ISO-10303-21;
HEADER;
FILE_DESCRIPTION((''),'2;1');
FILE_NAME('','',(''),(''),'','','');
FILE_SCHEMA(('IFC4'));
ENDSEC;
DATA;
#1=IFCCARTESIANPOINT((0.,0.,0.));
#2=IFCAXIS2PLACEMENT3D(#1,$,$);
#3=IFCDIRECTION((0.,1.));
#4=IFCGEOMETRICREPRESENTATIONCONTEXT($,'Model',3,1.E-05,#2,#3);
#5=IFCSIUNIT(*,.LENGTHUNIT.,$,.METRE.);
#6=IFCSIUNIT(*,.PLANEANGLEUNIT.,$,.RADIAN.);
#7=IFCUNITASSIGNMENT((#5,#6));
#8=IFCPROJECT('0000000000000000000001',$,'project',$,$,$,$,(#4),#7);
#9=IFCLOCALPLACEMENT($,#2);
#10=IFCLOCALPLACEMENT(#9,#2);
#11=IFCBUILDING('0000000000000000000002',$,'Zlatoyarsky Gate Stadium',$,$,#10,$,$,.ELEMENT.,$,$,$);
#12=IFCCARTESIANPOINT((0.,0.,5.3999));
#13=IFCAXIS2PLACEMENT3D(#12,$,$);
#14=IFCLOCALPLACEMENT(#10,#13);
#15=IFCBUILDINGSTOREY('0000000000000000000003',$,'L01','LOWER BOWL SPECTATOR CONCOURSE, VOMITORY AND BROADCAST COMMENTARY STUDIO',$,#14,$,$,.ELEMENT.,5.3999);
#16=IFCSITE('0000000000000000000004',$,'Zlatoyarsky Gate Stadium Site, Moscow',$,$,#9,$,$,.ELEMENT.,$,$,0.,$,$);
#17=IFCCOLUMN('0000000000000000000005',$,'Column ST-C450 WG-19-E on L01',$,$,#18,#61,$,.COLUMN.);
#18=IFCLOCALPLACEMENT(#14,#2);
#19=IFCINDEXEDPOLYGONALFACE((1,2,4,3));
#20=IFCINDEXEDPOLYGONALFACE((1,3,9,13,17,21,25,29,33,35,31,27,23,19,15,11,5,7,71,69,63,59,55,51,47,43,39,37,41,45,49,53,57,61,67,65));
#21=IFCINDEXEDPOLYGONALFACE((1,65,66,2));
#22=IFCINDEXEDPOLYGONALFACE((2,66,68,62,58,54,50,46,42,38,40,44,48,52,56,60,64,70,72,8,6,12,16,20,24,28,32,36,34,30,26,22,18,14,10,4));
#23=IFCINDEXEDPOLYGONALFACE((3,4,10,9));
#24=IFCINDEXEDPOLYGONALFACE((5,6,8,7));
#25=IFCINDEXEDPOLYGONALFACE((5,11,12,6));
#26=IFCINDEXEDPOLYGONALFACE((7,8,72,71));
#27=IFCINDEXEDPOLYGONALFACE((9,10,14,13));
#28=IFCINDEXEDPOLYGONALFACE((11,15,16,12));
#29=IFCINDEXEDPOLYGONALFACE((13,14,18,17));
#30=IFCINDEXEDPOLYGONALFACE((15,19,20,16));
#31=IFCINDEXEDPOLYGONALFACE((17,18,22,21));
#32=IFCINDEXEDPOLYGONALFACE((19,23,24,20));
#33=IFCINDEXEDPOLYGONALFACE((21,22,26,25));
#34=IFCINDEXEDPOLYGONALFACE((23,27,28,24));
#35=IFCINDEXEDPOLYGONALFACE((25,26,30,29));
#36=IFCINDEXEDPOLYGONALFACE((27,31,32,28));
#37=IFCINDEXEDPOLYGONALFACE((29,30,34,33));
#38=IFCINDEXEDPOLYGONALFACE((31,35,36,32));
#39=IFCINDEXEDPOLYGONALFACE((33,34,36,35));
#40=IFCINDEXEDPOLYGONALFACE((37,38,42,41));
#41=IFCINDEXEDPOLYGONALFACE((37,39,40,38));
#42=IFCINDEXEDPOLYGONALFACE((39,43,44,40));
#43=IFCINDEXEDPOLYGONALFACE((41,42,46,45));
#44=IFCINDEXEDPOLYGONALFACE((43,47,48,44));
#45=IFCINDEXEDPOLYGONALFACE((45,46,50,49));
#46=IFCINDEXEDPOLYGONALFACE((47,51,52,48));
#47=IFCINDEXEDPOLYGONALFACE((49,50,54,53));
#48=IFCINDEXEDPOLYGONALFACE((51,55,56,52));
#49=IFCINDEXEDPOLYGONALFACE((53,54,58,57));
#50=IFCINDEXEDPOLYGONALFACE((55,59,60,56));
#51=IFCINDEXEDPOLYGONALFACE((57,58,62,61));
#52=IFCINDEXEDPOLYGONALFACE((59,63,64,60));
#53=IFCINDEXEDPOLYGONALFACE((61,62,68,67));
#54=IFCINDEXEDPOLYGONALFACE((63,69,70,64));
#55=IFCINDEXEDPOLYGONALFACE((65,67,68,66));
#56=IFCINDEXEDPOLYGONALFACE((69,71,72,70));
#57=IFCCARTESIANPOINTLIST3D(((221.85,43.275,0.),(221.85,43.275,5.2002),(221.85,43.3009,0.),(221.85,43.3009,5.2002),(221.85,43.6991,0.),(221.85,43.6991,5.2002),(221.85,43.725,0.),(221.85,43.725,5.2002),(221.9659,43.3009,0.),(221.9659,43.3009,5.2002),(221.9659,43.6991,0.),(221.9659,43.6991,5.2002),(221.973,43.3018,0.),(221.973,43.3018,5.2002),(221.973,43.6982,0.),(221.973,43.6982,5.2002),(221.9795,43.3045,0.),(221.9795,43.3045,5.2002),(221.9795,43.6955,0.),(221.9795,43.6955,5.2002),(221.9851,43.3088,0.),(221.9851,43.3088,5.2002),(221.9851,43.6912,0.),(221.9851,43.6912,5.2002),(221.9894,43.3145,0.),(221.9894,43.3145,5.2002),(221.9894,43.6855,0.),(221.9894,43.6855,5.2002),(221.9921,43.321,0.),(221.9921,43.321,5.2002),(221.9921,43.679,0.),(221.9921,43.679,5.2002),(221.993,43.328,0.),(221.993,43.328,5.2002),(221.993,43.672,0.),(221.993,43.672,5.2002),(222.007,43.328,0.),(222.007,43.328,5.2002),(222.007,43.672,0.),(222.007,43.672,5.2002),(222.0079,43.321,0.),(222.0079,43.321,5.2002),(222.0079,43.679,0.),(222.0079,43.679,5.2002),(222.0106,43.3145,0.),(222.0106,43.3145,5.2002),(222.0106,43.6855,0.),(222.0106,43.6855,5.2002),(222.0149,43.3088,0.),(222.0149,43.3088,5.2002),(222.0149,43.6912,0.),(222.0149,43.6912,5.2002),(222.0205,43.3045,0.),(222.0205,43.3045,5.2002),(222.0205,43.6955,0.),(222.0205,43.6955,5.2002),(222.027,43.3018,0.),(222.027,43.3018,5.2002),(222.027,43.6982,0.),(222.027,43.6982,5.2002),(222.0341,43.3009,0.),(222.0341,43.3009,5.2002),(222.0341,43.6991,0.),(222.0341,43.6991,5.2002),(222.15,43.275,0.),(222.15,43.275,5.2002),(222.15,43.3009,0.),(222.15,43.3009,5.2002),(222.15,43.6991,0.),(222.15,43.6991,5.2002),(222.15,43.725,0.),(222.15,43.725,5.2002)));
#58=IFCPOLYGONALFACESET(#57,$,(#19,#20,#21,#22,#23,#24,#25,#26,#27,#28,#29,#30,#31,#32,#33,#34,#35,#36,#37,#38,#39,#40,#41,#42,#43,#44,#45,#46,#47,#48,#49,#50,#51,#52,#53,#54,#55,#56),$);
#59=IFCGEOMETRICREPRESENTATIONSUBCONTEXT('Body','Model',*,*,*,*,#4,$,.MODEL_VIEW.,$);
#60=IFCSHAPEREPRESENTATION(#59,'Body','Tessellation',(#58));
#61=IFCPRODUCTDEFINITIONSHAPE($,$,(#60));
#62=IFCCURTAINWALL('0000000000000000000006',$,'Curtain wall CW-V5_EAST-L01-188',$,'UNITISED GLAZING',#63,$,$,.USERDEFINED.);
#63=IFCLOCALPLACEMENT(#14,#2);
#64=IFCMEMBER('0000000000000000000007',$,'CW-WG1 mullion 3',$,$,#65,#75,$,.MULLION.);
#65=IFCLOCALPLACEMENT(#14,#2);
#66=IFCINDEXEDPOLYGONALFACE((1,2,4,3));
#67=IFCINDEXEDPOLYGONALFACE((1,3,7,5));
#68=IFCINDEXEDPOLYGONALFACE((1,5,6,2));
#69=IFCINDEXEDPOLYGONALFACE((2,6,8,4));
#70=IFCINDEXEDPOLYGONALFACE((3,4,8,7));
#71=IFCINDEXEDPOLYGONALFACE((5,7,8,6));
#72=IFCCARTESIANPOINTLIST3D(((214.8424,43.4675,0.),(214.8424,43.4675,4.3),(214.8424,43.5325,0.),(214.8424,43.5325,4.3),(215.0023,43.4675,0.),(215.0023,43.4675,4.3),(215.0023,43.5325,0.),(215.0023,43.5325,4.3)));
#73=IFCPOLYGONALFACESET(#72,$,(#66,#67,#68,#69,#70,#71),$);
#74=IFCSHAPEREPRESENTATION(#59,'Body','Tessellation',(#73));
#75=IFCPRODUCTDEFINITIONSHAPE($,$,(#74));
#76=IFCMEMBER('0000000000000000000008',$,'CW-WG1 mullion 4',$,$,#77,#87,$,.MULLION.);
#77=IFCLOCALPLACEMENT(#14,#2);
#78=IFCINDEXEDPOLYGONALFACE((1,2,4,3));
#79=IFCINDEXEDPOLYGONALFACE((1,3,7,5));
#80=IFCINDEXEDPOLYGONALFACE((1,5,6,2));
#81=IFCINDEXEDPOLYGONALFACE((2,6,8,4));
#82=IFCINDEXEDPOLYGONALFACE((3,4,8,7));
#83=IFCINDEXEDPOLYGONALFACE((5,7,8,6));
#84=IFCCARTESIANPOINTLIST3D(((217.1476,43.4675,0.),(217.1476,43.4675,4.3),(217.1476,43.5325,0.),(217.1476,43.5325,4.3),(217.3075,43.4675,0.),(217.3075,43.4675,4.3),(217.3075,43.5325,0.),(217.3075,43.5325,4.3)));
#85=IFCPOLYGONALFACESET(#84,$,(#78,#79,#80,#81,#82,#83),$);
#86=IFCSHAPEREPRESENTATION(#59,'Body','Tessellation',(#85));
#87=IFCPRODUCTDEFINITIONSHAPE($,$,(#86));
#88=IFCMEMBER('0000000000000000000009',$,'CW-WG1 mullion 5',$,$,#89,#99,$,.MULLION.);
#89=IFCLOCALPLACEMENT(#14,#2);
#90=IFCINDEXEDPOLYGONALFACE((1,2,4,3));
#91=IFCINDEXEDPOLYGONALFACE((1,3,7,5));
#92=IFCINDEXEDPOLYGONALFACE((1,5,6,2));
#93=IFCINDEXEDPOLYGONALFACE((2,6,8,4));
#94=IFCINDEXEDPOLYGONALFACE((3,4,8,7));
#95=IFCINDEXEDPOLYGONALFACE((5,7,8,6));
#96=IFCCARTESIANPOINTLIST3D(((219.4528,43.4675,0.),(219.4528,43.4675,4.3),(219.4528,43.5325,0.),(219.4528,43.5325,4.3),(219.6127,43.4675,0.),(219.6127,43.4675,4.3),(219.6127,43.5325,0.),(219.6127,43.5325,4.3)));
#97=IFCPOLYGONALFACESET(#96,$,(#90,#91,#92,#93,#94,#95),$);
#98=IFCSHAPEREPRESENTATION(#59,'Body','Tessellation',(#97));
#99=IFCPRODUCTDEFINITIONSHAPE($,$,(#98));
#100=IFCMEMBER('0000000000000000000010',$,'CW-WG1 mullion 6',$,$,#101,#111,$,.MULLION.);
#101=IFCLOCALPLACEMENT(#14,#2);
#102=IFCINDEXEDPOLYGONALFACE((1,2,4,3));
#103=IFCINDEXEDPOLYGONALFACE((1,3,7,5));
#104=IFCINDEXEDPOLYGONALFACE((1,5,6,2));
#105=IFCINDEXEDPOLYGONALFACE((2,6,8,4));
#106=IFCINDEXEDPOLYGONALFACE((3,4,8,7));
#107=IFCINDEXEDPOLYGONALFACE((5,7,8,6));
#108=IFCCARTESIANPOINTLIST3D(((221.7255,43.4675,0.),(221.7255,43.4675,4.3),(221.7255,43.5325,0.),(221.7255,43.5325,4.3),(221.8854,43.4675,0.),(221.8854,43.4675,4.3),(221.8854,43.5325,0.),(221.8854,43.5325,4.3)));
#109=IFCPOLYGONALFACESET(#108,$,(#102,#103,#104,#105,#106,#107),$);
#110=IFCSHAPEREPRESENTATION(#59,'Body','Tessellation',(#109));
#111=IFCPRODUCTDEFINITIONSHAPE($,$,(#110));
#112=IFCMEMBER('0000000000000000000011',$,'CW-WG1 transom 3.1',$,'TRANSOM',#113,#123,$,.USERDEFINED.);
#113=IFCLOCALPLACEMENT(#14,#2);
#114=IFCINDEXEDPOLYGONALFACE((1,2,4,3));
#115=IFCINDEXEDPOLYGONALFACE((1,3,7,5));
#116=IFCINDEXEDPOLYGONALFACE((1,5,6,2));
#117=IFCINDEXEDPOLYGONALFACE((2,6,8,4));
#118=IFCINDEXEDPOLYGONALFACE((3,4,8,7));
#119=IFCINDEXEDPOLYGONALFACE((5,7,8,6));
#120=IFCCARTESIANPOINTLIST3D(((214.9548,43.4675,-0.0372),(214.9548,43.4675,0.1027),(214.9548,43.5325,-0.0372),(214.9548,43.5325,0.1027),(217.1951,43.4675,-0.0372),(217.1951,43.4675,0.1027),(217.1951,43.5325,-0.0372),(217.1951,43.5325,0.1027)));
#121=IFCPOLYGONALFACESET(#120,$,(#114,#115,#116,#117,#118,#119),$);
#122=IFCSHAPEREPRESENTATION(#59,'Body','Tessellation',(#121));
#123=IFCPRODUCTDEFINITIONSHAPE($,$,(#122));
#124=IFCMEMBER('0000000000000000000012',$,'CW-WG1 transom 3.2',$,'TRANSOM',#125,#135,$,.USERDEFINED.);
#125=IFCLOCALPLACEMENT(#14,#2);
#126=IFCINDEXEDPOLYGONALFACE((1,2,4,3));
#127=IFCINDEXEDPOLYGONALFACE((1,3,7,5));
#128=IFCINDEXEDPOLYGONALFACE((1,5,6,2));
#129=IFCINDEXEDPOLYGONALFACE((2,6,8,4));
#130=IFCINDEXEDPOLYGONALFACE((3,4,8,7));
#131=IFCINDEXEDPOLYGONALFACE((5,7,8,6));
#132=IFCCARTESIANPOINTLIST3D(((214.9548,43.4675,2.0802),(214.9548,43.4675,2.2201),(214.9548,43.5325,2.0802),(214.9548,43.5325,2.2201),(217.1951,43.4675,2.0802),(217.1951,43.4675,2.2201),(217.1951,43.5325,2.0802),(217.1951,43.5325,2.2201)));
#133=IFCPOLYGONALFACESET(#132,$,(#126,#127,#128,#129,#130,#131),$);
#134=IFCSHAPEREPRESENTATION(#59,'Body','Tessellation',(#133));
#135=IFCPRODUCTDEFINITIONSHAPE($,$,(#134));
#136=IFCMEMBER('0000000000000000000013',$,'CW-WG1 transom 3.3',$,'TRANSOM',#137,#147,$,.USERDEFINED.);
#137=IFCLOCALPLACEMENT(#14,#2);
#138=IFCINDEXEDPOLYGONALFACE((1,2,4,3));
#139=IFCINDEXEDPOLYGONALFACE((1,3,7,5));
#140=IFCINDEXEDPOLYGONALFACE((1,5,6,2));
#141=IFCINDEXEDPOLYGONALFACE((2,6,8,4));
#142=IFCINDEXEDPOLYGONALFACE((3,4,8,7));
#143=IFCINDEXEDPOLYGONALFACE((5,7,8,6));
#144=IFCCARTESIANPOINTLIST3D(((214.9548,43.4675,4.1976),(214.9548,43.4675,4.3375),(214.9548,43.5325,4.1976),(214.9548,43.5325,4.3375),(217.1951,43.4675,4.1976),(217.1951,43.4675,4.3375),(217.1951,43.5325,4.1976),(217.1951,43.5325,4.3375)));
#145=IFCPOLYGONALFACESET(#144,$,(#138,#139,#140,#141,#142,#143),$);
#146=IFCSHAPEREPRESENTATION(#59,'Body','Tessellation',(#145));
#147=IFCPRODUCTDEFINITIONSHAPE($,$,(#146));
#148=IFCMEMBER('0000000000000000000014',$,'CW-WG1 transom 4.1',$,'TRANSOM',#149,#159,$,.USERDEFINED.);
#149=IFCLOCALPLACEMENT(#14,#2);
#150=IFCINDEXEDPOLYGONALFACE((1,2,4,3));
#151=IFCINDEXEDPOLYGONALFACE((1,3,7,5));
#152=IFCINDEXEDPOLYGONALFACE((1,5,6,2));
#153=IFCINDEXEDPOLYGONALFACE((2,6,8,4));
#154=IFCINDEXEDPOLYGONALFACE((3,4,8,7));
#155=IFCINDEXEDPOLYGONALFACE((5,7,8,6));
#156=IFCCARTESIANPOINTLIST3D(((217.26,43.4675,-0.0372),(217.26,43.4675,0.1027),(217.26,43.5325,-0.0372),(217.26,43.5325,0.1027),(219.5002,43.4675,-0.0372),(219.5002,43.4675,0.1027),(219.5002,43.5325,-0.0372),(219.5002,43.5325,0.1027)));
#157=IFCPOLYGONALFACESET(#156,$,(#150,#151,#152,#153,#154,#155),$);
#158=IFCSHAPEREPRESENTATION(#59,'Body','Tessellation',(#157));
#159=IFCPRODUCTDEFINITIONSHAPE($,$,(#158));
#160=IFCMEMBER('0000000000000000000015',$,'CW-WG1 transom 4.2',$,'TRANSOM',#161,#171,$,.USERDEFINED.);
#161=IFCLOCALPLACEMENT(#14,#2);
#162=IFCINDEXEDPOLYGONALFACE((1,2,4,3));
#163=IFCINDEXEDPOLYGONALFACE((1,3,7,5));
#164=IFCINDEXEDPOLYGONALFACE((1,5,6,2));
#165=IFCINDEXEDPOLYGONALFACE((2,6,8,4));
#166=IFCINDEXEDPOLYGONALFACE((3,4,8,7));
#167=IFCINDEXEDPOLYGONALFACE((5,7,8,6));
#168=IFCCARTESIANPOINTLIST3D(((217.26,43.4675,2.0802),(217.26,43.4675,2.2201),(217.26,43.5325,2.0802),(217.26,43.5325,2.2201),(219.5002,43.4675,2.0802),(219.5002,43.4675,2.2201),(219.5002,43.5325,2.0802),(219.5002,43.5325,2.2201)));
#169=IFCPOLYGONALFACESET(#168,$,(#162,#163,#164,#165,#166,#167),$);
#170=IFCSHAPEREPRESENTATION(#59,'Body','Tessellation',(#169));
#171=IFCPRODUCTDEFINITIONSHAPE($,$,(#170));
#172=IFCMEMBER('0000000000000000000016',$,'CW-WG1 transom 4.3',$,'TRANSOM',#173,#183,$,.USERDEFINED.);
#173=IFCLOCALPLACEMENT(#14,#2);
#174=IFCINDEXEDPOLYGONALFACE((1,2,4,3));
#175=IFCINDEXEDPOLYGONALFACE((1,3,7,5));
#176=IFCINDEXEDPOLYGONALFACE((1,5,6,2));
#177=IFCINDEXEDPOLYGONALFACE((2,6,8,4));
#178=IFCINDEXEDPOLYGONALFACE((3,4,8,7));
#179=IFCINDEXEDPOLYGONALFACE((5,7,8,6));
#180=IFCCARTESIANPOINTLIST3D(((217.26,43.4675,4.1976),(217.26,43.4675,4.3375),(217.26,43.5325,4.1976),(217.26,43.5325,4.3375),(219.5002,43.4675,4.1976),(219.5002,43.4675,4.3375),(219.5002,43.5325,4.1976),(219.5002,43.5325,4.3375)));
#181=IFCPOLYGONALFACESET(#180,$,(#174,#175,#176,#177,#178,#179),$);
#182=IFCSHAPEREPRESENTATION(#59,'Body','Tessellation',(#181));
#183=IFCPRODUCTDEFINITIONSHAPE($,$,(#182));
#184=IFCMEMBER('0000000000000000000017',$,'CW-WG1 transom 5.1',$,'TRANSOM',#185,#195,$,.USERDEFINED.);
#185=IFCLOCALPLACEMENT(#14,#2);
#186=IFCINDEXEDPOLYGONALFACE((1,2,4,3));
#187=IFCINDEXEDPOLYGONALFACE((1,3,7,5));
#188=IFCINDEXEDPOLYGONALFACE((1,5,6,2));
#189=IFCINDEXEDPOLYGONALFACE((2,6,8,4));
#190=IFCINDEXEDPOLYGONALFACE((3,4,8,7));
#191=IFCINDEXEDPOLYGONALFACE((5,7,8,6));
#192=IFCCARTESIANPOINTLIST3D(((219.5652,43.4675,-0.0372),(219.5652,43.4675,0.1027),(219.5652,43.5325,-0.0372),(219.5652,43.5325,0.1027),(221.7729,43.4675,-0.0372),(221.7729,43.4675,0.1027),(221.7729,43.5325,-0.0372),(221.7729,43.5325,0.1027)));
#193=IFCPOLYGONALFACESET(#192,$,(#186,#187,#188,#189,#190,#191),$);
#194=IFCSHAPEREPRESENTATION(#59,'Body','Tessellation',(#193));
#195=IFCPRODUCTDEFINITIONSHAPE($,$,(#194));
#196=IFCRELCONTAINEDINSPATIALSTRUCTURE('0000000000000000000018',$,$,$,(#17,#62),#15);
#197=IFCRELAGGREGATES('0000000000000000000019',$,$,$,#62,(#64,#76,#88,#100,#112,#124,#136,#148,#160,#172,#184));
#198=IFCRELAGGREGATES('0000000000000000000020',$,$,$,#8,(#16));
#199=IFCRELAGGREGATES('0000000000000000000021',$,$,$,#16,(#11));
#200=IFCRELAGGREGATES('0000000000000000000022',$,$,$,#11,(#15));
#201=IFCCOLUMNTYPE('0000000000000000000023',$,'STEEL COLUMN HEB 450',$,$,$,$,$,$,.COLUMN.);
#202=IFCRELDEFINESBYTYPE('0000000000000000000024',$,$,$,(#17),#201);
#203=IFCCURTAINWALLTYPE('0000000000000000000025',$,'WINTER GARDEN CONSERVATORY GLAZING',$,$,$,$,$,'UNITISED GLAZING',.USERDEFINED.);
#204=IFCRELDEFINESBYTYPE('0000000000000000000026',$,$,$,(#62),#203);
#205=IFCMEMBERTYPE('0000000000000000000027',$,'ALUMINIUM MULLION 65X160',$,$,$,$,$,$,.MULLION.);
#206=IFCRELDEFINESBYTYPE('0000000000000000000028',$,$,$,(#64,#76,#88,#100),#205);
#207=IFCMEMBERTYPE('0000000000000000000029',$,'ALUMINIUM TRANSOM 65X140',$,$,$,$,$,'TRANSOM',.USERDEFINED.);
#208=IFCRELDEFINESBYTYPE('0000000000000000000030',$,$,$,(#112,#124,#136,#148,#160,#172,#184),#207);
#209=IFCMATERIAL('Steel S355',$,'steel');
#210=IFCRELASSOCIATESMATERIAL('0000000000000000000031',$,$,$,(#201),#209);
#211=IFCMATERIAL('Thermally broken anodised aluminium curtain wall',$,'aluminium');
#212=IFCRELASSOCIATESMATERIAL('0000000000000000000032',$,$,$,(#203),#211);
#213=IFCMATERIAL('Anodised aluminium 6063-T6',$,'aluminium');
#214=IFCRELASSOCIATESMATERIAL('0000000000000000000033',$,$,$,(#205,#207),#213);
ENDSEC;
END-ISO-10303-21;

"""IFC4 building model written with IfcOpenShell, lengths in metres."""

from ifc_helpers import new_model, si_unit, direction, frame, origin, origin_2d, place, context, subcontext, project, spatial, rectangle, i_section, extrude, material, material_profile, profile_set, type_object, element, aggregate, save


model = new_model("IFC4")

# Units and contexts
model_context = context("Model", 3, precision=1e-05, world=origin(), true_north=direction((0.0, 1.0)))
body_context = subcontext(model_context, "Body", "Model", "MODEL_VIEW")
ifc_project = project(units=[si_unit("LENGTHUNIT", "METRE"), si_unit("PLANEANGLEUNIT", "RADIAN")], contexts=[model_context])

# Site, building, storey
site_placement = place(None, origin())
site = spatial("IfcSite", under=ifc_project, at=site_placement, Name="Zlatoyarsky Gate Stadium Site, Moscow", CompositionType="ELEMENT", RefElevation=0.0)
building_placement = place(site_placement, origin())
building = spatial("IfcBuilding", under=site, at=building_placement, Name="Zlatoyarsky Gate Stadium", CompositionType="ELEMENT")
storey_placement = place(building_placement, frame((0.0, 0.0, 5.3999)))
storey = spatial("IfcBuildingStorey", under=building, at=storey_placement, Name="L01", Description="LOWER BOWL SPECTATOR CONCOURSE, VOMITORY AND BROADCAST COMMENTARY STUDIO", CompositionType="ELEMENT", Elevation=5.3999)

# Column
ifc_material_1 = material(Name="Steel S355", Category="steel")
ifc_material_profile_1 = material_profile(ifc_material_1, i_section(OverallWidth=0.3, OverallDepth=0.45, WebThickness=0.0139, FlangeThickness=0.0259, FilletRadius=0.0271, at=origin_2d()), Name="HEB 450")
ifc_profile_set_1 = profile_set([ifc_material_profile_1], Name="Steel S355")
column_type = type_object("IfcColumnType", Name="STEEL COLUMN HEB 450", PredefinedType="COLUMN", material=ifc_profile_set_1)
column_placement = place(storey_placement, frame((222.0, 43.5, 0.0), z_axis=(0.0, 0.0, 1.0), x_axis=(1.0, 0.0, 0.0)))
element("IfcColumn", 1, at=column_placement, inside=storey, type_object=column_type, Name="Column ST-C450 WG-19-E on L01", PredefinedType="COLUMN", context=body_context, shape_type="SweptSolid", body=[
    extrude(i_section(OverallWidth=0.3, OverallDepth=0.45, WebThickness=0.0139, FlangeThickness=0.0259, FilletRadius=0.0271, at=origin_2d()), origin(), (0.0, 0.0, 1.0), 5.2002),
])

# Curtain wall, members
ifc_material_2 = material(Name="Thermally broken anodised aluminium curtain wall", Category="aluminium")
curtain_wall_type = type_object("IfcCurtainWallType", Name="WINTER GARDEN CONSERVATORY GLAZING", ElementType="UNITISED GLAZING", PredefinedType="USERDEFINED", material=ifc_material_2)
curtain_wall_placement = place(storey_placement, origin())
curtain_wall = element("IfcCurtainWall", 2, at=curtain_wall_placement, inside=storey, type_object=curtain_wall_type, Name="Curtain wall CW-V5_EAST-L01-188", ObjectType="UNITISED GLAZING", PredefinedType="USERDEFINED")
ifc_material_3 = material(Name="Anodised aluminium 6063-T6", Category="aluminium")
ifc_material_profile_2 = material_profile(ifc_material_3, rectangle(XDim=0.0649, YDim=0.1599, at=origin_2d()), Name="ALU 65X160")
ifc_profile_set_2 = profile_set([ifc_material_profile_2], Name="Anodised aluminium 6063-T6")
member_type_1 = type_object("IfcMemberType", Name="ALUMINIUM MULLION 65X160", PredefinedType="MULLION", material=ifc_profile_set_2)
member_1_placement = place(storey_placement, frame((214.9224, 43.5, 0.0), z_axis=(0.0, 0.0, 1.0), x_axis=(0.0, 1.0, 0.0)))
member_1 = element("IfcMember", 3, at=member_1_placement, type_object=member_type_1, Name="CW-WG1 mullion 3", PredefinedType="MULLION", context=body_context, shape_type="SweptSolid", body=[
    extrude(rectangle(XDim=0.0649, YDim=0.1599, at=origin_2d()), origin(), (0.0, 0.0, 1.0), 4.3),
])
member_2_placement = place(storey_placement, frame((217.2275, 43.5, 0.0), z_axis=(0.0, 0.0, 1.0), x_axis=(0.0, 1.0, 0.0)))
member_2 = element("IfcMember", 4, at=member_2_placement, type_object=member_type_1, Name="CW-WG1 mullion 4", PredefinedType="MULLION", context=body_context, shape_type="SweptSolid", body=[
    extrude(rectangle(XDim=0.0649, YDim=0.1599, at=origin_2d()), origin(), (0.0, 0.0, 1.0), 4.3),
])
member_3_placement = place(storey_placement, frame((219.5327, 43.5, 0.0), z_axis=(0.0, 0.0, 1.0), x_axis=(0.0, 1.0, 0.0)))
member_3 = element("IfcMember", 5, at=member_3_placement, type_object=member_type_1, Name="CW-WG1 mullion 5", PredefinedType="MULLION", context=body_context, shape_type="SweptSolid", body=[
    extrude(rectangle(XDim=0.0649, YDim=0.1599, at=origin_2d()), origin(), (0.0, 0.0, 1.0), 4.3),
])
member_4_placement = place(storey_placement, frame((221.8054, 43.5, 0.0), z_axis=(0.0, 0.0, 1.0), x_axis=(0.0, 1.0, 0.0)))
member_4 = element("IfcMember", 6, at=member_4_placement, type_object=member_type_1, Name="CW-WG1 mullion 6", PredefinedType="MULLION", context=body_context, shape_type="SweptSolid", body=[
    extrude(rectangle(XDim=0.0649, YDim=0.1599, at=origin_2d()), origin(), (0.0, 0.0, 1.0), 4.3),
])
ifc_material_profile_3 = material_profile(ifc_material_3, rectangle(XDim=0.0649, YDim=0.1399, at=origin_2d()), Name="ALU 65X140")
ifc_profile_set_3 = profile_set([ifc_material_profile_3], Name="Anodised aluminium 6063-T6")
member_type_2 = type_object("IfcMemberType", Name="ALUMINIUM TRANSOM 65X140", ElementType="TRANSOM", PredefinedType="USERDEFINED", material=ifc_profile_set_3)
member_5_placement = place(storey_placement, frame((214.9548, 43.5, 0.0327), z_axis=(1.0, 0.0, 0.0), x_axis=(0.0, 1.0, 0.0)))
member_5 = element("IfcMember", 7, at=member_5_placement, type_object=member_type_2, Name="CW-WG1 transom 3.1", ObjectType="TRANSOM", PredefinedType="USERDEFINED", context=body_context, shape_type="SweptSolid", body=[
    extrude(rectangle(XDim=0.0649, YDim=0.1399, at=origin_2d()), origin(), (0.0, 0.0, 1.0), 2.2402),
])
member_6_placement = place(storey_placement, frame((214.9548, 43.5, 2.1501), z_axis=(1.0, 0.0, 0.0), x_axis=(0.0, 1.0, 0.0)))
member_6 = element("IfcMember", 8, at=member_6_placement, type_object=member_type_2, Name="CW-WG1 transom 3.2", ObjectType="TRANSOM", PredefinedType="USERDEFINED", context=body_context, shape_type="SweptSolid", body=[
    extrude(rectangle(XDim=0.0649, YDim=0.1399, at=origin_2d()), origin(), (0.0, 0.0, 1.0), 2.2402),
])
member_7_placement = place(storey_placement, frame((214.9548, 43.5, 4.2676), z_axis=(1.0, 0.0, 0.0), x_axis=(0.0, 1.0, 0.0)))
member_7 = element("IfcMember", 9, at=member_7_placement, type_object=member_type_2, Name="CW-WG1 transom 3.3", ObjectType="TRANSOM", PredefinedType="USERDEFINED", context=body_context, shape_type="SweptSolid", body=[
    extrude(rectangle(XDim=0.0649, YDim=0.1399, at=origin_2d()), origin(), (0.0, 0.0, 1.0), 2.2402),
])
member_8_placement = place(storey_placement, frame((217.26, 43.5, 0.0327), z_axis=(1.0, 0.0, 0.0), x_axis=(0.0, 1.0, 0.0)))
member_8 = element("IfcMember", 10, at=member_8_placement, type_object=member_type_2, Name="CW-WG1 transom 4.1", ObjectType="TRANSOM", PredefinedType="USERDEFINED", context=body_context, shape_type="SweptSolid", body=[
    extrude(rectangle(XDim=0.0649, YDim=0.1399, at=origin_2d()), origin(), (0.0, 0.0, 1.0), 2.2402),
])
member_9_placement = place(storey_placement, frame((217.26, 43.5, 2.1501), z_axis=(1.0, 0.0, 0.0), x_axis=(0.0, 1.0, 0.0)))
member_9 = element("IfcMember", 11, at=member_9_placement, type_object=member_type_2, Name="CW-WG1 transom 4.2", ObjectType="TRANSOM", PredefinedType="USERDEFINED", context=body_context, shape_type="SweptSolid", body=[
    extrude(rectangle(XDim=0.0649, YDim=0.1399, at=origin_2d()), origin(), (0.0, 0.0, 1.0), 2.2402),
])
member_10_placement = place(storey_placement, frame((217.26, 43.5, 4.2676), z_axis=(1.0, 0.0, 0.0), x_axis=(0.0, 1.0, 0.0)))
member_10 = element("IfcMember", 12, at=member_10_placement, type_object=member_type_2, Name="CW-WG1 transom 4.3", ObjectType="TRANSOM", PredefinedType="USERDEFINED", context=body_context, shape_type="SweptSolid", body=[
    extrude(rectangle(XDim=0.0649, YDim=0.1399, at=origin_2d()), origin(), (0.0, 0.0, 1.0), 2.2402),
])
member_11_placement = place(storey_placement, frame((219.5652, 43.5, 0.0327), z_axis=(1.0, 0.0, 0.0), x_axis=(0.0, 1.0, 0.0)))
member_11 = element("IfcMember", 13, at=member_11_placement, type_object=member_type_2, Name="CW-WG1 transom 5.1", ObjectType="TRANSOM", PredefinedType="USERDEFINED", context=body_context, shape_type="SweptSolid", body=[
    extrude(rectangle(XDim=0.0649, YDim=0.1399, at=origin_2d()), origin(), (0.0, 0.0, 1.0), 2.2078),
])

aggregate(curtain_wall, [member_1, member_2, member_3, member_4, member_5, member_6, member_7, member_8, member_9, member_10, member_11])

save(model, "model.ifc")
